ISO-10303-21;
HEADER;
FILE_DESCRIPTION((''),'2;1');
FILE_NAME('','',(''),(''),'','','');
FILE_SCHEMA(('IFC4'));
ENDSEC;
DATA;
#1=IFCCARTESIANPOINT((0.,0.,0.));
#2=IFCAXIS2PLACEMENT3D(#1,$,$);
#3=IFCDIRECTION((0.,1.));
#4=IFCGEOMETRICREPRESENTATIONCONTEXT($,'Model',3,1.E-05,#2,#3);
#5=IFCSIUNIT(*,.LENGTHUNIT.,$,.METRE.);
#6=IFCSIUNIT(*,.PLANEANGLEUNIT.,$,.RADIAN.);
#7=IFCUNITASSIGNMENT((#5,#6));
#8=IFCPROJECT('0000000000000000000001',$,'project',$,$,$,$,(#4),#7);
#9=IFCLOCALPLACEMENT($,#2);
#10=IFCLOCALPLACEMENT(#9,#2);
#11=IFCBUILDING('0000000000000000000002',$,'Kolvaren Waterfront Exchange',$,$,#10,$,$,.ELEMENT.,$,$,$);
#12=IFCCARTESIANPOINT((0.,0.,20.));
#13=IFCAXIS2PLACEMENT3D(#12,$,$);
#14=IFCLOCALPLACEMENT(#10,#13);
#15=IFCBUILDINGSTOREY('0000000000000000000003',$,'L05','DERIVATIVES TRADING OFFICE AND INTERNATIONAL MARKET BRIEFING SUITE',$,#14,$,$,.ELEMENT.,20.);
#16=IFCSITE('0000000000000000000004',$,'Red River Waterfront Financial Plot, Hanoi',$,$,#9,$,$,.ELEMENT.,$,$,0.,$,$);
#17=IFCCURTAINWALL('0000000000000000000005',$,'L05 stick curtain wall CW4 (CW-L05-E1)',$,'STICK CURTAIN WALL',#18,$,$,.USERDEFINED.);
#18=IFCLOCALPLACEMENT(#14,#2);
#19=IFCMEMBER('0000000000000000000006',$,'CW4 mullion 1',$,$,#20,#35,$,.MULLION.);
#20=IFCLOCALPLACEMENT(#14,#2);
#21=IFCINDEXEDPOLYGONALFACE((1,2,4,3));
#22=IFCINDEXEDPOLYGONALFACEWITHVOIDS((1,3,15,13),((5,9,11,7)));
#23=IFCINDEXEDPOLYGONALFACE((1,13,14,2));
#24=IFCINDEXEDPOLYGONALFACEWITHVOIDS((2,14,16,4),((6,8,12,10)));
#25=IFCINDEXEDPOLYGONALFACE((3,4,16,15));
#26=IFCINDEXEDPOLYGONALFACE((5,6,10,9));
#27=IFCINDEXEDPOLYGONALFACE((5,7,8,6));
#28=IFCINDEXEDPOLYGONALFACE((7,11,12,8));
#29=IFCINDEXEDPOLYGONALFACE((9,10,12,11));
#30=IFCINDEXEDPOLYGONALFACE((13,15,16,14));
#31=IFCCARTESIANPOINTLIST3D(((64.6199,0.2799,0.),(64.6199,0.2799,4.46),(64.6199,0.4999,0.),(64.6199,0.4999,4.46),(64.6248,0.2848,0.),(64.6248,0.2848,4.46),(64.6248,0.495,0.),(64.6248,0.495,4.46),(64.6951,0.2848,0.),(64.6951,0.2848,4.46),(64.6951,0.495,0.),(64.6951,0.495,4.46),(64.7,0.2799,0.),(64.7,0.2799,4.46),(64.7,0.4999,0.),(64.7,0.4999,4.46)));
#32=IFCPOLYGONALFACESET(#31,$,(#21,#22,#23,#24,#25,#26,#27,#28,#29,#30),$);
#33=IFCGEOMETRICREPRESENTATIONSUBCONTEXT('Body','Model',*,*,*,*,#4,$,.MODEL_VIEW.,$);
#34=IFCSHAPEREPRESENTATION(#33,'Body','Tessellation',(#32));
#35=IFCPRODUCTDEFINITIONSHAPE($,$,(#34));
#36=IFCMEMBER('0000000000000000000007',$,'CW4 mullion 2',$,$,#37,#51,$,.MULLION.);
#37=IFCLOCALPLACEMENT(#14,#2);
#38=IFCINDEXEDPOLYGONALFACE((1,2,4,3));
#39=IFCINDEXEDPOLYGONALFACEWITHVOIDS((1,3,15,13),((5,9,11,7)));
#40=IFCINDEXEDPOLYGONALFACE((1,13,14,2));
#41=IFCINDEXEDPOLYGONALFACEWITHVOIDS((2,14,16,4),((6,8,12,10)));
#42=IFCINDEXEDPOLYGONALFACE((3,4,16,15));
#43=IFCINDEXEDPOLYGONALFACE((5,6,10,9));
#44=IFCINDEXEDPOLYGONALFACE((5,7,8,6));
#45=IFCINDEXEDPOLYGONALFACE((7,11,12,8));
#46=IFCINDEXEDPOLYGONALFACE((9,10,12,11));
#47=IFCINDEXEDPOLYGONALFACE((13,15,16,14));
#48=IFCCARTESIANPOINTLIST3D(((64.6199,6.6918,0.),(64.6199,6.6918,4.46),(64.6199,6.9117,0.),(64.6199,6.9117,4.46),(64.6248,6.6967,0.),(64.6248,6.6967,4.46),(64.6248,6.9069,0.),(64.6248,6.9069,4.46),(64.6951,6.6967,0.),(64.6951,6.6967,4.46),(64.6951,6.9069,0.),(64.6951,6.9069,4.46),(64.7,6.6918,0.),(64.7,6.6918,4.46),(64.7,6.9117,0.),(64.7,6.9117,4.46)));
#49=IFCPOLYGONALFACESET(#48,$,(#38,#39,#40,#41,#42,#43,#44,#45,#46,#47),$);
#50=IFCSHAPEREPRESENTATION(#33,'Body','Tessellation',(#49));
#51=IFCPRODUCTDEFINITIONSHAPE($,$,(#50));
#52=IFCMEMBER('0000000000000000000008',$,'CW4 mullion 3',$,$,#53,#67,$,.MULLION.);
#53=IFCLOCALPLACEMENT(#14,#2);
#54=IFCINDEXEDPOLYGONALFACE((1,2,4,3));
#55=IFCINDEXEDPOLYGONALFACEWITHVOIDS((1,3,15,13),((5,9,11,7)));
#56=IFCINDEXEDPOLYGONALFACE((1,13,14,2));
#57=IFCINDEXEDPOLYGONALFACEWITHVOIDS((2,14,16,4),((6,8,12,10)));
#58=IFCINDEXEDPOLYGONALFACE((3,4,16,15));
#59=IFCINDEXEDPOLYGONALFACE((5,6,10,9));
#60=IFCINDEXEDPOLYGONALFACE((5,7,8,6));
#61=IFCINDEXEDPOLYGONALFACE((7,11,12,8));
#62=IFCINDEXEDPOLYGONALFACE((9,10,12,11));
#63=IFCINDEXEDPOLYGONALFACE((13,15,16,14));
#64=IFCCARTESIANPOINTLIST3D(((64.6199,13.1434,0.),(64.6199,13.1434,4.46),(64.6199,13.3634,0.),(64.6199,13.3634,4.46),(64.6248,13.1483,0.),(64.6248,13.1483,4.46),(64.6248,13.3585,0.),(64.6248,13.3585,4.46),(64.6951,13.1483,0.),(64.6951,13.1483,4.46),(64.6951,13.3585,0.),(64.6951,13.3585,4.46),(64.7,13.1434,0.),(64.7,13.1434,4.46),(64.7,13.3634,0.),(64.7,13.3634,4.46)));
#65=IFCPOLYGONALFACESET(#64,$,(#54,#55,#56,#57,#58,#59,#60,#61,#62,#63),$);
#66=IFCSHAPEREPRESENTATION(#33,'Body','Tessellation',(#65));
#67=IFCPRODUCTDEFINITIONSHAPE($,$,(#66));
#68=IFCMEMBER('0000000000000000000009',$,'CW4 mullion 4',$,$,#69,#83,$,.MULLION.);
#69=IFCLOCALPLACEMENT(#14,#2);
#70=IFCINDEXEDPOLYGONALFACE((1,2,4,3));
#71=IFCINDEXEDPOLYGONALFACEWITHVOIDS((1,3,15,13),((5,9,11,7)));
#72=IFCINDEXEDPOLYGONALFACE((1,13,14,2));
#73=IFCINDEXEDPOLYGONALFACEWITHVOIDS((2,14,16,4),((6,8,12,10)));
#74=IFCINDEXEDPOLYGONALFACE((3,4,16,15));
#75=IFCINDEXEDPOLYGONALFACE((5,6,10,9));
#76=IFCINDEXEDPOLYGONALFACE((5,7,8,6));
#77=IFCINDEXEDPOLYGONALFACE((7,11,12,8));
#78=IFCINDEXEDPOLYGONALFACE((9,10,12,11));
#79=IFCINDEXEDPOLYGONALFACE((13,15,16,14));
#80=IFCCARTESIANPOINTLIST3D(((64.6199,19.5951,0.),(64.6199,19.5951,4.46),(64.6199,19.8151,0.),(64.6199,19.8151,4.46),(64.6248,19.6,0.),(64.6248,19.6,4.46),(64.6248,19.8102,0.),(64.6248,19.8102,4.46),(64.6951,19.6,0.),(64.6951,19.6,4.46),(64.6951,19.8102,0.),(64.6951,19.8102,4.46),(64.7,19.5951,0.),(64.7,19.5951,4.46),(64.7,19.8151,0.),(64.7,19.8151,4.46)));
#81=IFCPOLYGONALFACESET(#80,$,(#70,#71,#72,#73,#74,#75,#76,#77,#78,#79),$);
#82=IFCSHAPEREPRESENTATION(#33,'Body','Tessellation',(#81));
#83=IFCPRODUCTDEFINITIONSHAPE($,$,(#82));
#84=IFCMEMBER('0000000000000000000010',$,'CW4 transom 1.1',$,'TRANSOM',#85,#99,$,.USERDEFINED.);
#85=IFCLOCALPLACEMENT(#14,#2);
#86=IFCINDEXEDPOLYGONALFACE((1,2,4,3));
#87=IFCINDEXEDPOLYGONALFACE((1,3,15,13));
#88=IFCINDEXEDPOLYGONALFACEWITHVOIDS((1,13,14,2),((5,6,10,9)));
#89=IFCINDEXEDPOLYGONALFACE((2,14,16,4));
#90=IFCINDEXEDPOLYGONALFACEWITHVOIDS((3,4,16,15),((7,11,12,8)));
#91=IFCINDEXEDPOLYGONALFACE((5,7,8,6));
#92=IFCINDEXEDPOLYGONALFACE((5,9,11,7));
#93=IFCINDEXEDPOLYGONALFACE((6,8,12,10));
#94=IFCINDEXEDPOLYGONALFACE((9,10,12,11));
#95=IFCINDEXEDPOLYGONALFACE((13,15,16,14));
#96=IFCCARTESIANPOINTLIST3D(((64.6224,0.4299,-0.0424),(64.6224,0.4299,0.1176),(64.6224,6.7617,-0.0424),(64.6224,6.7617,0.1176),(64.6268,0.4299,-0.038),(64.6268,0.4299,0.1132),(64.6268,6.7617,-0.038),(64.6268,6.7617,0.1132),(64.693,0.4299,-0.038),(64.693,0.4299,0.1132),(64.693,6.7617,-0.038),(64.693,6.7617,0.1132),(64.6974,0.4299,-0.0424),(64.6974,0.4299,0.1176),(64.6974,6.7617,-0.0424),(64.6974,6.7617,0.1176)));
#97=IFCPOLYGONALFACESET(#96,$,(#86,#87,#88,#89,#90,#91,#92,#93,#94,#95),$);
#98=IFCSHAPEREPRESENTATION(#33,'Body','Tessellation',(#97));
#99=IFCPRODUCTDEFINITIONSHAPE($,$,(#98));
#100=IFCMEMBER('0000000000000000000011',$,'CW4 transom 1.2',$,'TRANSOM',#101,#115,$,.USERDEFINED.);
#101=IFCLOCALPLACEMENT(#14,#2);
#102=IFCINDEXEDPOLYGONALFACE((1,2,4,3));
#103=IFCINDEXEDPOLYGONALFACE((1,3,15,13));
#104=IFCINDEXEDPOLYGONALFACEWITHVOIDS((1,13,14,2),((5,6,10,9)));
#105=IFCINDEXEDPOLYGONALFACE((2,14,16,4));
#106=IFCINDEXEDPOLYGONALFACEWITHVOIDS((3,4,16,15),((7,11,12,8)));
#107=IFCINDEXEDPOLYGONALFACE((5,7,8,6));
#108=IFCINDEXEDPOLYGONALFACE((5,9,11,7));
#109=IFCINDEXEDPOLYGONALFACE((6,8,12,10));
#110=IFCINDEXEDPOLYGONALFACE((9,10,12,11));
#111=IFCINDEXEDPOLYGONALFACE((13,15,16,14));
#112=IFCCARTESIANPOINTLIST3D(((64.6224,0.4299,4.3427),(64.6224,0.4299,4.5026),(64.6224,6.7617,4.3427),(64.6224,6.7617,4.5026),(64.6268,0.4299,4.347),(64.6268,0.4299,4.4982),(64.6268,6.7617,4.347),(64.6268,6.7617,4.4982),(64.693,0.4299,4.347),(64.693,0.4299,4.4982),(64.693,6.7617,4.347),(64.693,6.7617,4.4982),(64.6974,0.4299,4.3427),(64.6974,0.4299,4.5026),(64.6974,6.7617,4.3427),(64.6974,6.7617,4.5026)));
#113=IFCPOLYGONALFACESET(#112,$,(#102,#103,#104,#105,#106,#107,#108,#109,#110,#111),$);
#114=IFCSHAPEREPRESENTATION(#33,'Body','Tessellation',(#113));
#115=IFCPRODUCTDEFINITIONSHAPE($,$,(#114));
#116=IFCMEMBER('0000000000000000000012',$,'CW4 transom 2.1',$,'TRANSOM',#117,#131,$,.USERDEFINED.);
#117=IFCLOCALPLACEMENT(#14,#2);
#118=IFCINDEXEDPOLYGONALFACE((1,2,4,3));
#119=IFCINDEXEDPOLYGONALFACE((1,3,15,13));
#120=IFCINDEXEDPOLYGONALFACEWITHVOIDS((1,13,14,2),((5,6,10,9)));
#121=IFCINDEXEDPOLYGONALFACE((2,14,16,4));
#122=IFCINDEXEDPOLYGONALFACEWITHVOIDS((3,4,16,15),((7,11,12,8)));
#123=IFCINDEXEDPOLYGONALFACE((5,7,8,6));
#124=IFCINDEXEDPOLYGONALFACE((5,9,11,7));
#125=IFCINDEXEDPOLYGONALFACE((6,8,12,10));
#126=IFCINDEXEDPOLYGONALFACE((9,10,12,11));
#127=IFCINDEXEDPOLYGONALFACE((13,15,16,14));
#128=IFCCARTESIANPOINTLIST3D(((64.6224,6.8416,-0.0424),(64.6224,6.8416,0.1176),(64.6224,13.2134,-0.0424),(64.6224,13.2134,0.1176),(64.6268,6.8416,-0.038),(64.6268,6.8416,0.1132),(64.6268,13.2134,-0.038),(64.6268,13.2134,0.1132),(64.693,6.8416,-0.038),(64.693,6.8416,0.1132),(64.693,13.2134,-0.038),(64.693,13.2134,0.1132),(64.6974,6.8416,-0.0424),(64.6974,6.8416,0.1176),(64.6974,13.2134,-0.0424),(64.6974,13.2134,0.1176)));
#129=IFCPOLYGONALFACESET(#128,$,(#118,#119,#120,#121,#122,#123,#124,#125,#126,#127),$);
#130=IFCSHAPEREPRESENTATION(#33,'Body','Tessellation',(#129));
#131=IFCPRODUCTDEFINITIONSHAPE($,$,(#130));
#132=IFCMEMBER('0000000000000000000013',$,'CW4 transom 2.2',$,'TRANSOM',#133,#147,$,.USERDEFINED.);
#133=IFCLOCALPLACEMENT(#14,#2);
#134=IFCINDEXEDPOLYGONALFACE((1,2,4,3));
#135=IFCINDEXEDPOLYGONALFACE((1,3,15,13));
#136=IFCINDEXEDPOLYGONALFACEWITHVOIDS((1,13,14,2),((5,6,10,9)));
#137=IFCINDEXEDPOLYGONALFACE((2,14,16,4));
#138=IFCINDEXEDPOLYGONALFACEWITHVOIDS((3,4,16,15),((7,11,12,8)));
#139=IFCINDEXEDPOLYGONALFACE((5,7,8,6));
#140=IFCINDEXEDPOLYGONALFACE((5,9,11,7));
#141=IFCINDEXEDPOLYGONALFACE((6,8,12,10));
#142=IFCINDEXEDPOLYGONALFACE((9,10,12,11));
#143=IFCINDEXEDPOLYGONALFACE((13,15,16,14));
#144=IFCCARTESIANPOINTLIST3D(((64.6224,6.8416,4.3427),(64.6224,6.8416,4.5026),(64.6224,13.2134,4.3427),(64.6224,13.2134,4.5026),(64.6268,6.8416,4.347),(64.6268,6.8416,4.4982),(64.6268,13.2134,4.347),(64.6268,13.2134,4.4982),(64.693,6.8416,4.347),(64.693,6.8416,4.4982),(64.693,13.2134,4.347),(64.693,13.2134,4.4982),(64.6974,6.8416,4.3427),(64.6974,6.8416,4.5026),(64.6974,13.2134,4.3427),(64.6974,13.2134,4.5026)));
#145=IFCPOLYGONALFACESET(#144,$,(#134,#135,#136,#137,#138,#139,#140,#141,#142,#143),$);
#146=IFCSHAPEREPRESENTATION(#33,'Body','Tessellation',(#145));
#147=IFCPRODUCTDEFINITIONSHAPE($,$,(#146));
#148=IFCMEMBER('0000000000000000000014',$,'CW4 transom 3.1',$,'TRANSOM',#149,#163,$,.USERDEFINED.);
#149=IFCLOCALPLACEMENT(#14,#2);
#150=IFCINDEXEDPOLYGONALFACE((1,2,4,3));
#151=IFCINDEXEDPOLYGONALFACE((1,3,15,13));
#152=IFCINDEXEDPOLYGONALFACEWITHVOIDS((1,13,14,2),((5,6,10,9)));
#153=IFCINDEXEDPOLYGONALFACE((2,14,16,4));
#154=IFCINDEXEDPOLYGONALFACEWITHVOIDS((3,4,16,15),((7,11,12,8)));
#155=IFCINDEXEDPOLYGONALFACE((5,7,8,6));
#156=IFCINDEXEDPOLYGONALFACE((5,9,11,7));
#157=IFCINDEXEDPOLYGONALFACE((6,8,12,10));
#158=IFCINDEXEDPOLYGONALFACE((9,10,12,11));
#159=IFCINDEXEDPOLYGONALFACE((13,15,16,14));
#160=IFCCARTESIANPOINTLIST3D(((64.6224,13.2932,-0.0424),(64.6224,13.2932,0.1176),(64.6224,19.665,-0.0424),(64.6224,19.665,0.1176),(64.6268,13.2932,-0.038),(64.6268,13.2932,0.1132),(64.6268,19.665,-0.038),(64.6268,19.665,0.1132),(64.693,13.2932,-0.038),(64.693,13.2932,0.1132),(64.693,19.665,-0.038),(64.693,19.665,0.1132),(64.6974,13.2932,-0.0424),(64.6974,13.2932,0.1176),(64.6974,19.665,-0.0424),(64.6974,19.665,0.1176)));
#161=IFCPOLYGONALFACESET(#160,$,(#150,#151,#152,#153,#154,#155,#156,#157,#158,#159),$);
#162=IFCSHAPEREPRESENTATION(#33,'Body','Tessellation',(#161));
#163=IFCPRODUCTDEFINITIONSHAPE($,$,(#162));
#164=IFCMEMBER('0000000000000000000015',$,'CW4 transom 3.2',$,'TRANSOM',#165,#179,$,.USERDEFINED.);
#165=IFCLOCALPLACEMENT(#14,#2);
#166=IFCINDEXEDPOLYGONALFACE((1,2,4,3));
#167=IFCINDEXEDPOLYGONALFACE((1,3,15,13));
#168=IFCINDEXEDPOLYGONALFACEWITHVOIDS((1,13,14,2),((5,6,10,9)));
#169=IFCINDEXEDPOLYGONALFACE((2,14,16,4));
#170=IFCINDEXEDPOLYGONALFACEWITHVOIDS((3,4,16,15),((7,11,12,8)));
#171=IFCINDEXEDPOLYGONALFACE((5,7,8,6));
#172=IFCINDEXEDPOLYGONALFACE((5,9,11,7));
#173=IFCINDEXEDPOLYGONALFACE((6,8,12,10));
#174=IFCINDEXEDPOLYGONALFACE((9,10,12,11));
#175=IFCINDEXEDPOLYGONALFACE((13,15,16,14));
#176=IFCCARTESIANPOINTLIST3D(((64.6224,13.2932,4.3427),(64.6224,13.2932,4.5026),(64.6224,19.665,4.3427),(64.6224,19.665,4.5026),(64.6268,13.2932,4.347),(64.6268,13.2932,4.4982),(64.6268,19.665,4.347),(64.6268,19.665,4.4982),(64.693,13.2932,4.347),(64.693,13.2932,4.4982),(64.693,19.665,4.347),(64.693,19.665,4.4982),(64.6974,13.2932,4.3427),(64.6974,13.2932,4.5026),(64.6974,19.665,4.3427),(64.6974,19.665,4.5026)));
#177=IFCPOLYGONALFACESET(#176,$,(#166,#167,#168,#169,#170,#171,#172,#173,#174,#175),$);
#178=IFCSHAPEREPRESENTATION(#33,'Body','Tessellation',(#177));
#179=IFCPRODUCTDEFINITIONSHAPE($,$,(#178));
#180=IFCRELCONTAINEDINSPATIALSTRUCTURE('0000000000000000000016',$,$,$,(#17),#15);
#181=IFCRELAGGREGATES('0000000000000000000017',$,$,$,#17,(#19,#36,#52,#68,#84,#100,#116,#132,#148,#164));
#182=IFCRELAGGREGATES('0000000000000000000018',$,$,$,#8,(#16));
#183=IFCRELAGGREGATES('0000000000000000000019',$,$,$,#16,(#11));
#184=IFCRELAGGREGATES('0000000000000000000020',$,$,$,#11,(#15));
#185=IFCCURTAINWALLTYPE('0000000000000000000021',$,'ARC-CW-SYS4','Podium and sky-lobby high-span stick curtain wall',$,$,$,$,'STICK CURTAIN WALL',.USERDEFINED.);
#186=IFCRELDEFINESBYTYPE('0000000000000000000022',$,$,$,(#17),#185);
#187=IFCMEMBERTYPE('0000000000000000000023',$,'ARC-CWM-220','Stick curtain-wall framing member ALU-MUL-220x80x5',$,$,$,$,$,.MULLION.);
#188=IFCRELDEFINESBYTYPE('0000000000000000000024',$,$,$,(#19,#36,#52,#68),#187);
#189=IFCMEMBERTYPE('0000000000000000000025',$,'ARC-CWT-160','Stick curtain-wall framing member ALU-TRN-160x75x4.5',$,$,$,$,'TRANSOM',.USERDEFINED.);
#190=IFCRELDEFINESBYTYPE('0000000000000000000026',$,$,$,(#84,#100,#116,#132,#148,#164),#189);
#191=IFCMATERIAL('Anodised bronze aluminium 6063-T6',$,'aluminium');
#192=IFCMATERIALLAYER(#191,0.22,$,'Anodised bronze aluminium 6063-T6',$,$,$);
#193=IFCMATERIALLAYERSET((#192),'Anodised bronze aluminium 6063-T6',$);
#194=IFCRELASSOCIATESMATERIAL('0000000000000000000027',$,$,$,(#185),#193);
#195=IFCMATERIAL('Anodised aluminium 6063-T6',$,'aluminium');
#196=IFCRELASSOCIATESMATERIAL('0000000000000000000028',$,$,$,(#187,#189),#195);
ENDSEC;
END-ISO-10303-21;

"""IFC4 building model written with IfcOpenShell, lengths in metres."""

from ifc_helpers import new_model, si_unit, direction, frame, origin, origin_with_axes, origin_2d, place, context, subcontext, project, spatial, hollow_rectangle, extrude, source, transform, mapped, material, layer, layer_set, material_profile, profile_set, type_object, element, aggregate, save


model = new_model("IFC4")

# Units and contexts
model_context = context("Model", 3, precision=1e-05, world=origin(), true_north=direction((0.0, 1.0)))
body_context = subcontext(model_context, "Body", "Model", "MODEL_VIEW")
ifc_project = project(units=[si_unit("LENGTHUNIT", "METRE"), si_unit("PLANEANGLEUNIT", "RADIAN")], contexts=[model_context])

# Site, building, storey
site_placement = place(None, origin())
site = spatial("IfcSite", under=ifc_project, at=site_placement, Name="Red River Waterfront Financial Plot, Hanoi", CompositionType="ELEMENT", RefElevation=0.0)
building_placement = place(site_placement, origin())
building = spatial("IfcBuilding", under=site, at=building_placement, Name="Kolvaren Waterfront Exchange", CompositionType="ELEMENT")
storey_placement = place(building_placement, frame((0.0, 0.0, 20.0)))
storey = spatial("IfcBuildingStorey", under=building, at=storey_placement, Name="L05", Description="DERIVATIVES TRADING OFFICE AND INTERNATIONAL MARKET BRIEFING SUITE", CompositionType="ELEMENT", Elevation=20.0)

# Curtain wall, members
ifc_material_1 = material(Name="Anodised bronze aluminium 6063-T6", Category="aluminium")
ifc_layer_1 = layer(ifc_material_1, 0.22, Name="Anodised bronze aluminium 6063-T6")
ifc_layer_set_1 = layer_set([ifc_layer_1], Name="Anodised bronze aluminium 6063-T6")
curtain_wall_type = type_object("IfcCurtainWallType", Name="ARC-CW-SYS4", Description="Podium and sky-lobby high-span stick curtain wall", ElementType="STICK CURTAIN WALL", PredefinedType="USERDEFINED", material=ifc_layer_set_1)
curtain_wall_placement = place(storey_placement, origin())
curtain_wall = element("IfcCurtainWall", 1, at=curtain_wall_placement, inside=storey, type_object=curtain_wall_type, Name="L05 stick curtain wall CW4 (CW-L05-E1)", ObjectType="STICK CURTAIN WALL", PredefinedType="USERDEFINED")
ifc_material_2 = material(Name="Anodised aluminium 6063-T6", Category="aluminium")
ifc_material_profile_1 = material_profile(ifc_material_2, hollow_rectangle(XDim=0.0801, YDim=0.22, WallThickness=0.0049, at=origin_2d()), Name="ALU-MUL-220x80x5")
ifc_profile_set_1 = profile_set([ifc_material_profile_1], Name="Anodised aluminium 6063-T6")
member_type_1 = type_object("IfcMemberType", Name="ARC-CWM-220", Description="Stick curtain-wall framing member ALU-MUL-220x80x5", PredefinedType="MULLION", material=ifc_profile_set_1)
shared_shape_1 = source(origin_with_axes(), body_context, "Body", "SweptSolid", [
    extrude(hollow_rectangle(XDim=0.0801, YDim=0.22, WallThickness=0.0049, at=origin_2d()), origin(), (0.0, 0.0, 1.0), 4.46),
])
member_1_placement = place(storey_placement, frame((64.6599, 0.3899, 0.0), z_axis=(0.0, 0.0, 1.0), x_axis=(-1.0, 0.0, 0.0)))
member_1 = element("IfcMember", 2, at=member_1_placement, type_object=member_type_1, Name="CW4 mullion 1", PredefinedType="MULLION", context=body_context, shape_type="MappedRepresentation", body=[
    mapped(shared_shape_1, transform((0.0, 0.0, 0.0), x_axis=(1.0, 0.0, 0.0), y_axis=(0.0, 1.0, 0.0), z_axis=(0.0, 0.0, 1.0), scale=1.0)),
])
member_2_placement = place(storey_placement, frame((64.6599, 6.8018, 0.0), z_axis=(0.0, 0.0, 1.0), x_axis=(-1.0, 0.0, 0.0)))
member_2 = element("IfcMember", 3, at=member_2_placement, type_object=member_type_1, Name="CW4 mullion 2", PredefinedType="MULLION", context=body_context, shape_type="MappedRepresentation", body=[
    mapped(shared_shape_1, transform((0.0, 0.0, 0.0), x_axis=(1.0, 0.0, 0.0), y_axis=(0.0, 1.0, 0.0), z_axis=(0.0, 0.0, 1.0), scale=1.0)),
])
member_3_placement = place(storey_placement, frame((64.6599, 13.2534, 0.0), z_axis=(0.0, 0.0, 1.0), x_axis=(-1.0, 0.0, 0.0)))
member_3 = element("IfcMember", 4, at=member_3_placement, type_object=member_type_1, Name="CW4 mullion 3", PredefinedType="MULLION", context=body_context, shape_type="MappedRepresentation", body=[
    mapped(shared_shape_1, transform((0.0, 0.0, 0.0), x_axis=(1.0, 0.0, 0.0), y_axis=(0.0, 1.0, 0.0), z_axis=(0.0, 0.0, 1.0), scale=1.0)),
])
member_4_placement = place(storey_placement, frame((64.6599, 19.7051, 0.0), z_axis=(0.0, 0.0, 1.0), x_axis=(-1.0, 0.0, 0.0)))
member_4 = element("IfcMember", 5, at=member_4_placement, type_object=member_type_1, Name="CW4 mullion 4", PredefinedType="MULLION", context=body_context, shape_type="MappedRepresentation", body=[
    mapped(shared_shape_1, transform((0.0, 0.0, 0.0), x_axis=(1.0, 0.0, 0.0), y_axis=(0.0, 1.0, 0.0), z_axis=(0.0, 0.0, 1.0), scale=1.0)),
])
ifc_material_profile_2 = material_profile(ifc_material_2, hollow_rectangle(XDim=0.075, YDim=0.1599, WallThickness=0.0044, at=origin_2d()), Name="ALU-TRN-160x75x4.5")
ifc_profile_set_2 = profile_set([ifc_material_profile_2], Name="Anodised aluminium 6063-T6")
member_type_2 = type_object("IfcMemberType", Name="ARC-CWT-160", Description="Stick curtain-wall framing member ALU-TRN-160x75x4.5", ElementType="TRANSOM", PredefinedType="USERDEFINED", material=ifc_profile_set_2)
shared_shape_2 = source(origin_with_axes(), body_context, "Body", "SweptSolid", [
    extrude(hollow_rectangle(XDim=0.075, YDim=0.1599, WallThickness=0.0044, at=origin_2d()), origin(), (0.0, 0.0, 1.0), 6.3318),
])
member_5_placement = place(storey_placement, frame((64.6599, 0.4299, 0.0376), z_axis=(0.0, 1.0, 0.0), x_axis=(-1.0, 0.0, 0.0)))
member_5 = element("IfcMember", 6, at=member_5_placement, type_object=member_type_2, Name="CW4 transom 1.1", ObjectType="TRANSOM", PredefinedType="USERDEFINED", context=body_context, shape_type="MappedRepresentation", body=[
    mapped(shared_shape_2, transform((0.0, 0.0, 0.0), x_axis=(1.0, 0.0, 0.0), y_axis=(0.0, 1.0, 0.0), z_axis=(0.0, 0.0, 1.0), scale=1.0)),
])
member_6_placement = place(storey_placement, frame((64.6599, 0.4299, 4.4226), z_axis=(0.0, 1.0, 0.0), x_axis=(-1.0, 0.0, 0.0)))
member_6 = element("IfcMember", 7, at=member_6_placement, type_object=member_type_2, Name="CW4 transom 1.2", ObjectType="TRANSOM", PredefinedType="USERDEFINED", context=body_context, shape_type="MappedRepresentation", body=[
    mapped(shared_shape_2, transform((0.0, 0.0, 0.0), x_axis=(1.0, 0.0, 0.0), y_axis=(0.0, 1.0, 0.0), z_axis=(0.0, 0.0, 1.0), scale=1.0)),
])
shared_shape_3 = source(origin_with_axes(), body_context, "Body", "SweptSolid", [
    extrude(hollow_rectangle(XDim=0.075, YDim=0.1599, WallThickness=0.0044, at=origin_2d()), origin(), (0.0, 0.0, 1.0), 6.3718),
])
member_7_placement = place(storey_placement, frame((64.6599, 6.8416, 0.0376), z_axis=(0.0, 1.0, 0.0), x_axis=(-1.0, 0.0, 0.0)))
member_7 = element("IfcMember", 8, at=member_7_placement, type_object=member_type_2, Name="CW4 transom 2.1", ObjectType="TRANSOM", PredefinedType="USERDEFINED", context=body_context, shape_type="MappedRepresentation", body=[
    mapped(shared_shape_3, transform((0.0, 0.0, 0.0), x_axis=(1.0, 0.0, 0.0), y_axis=(0.0, 1.0, 0.0), z_axis=(0.0, 0.0, 1.0), scale=1.0)),
])
member_8_placement = place(storey_placement, frame((64.6599, 6.8416, 4.4226), z_axis=(0.0, 1.0, 0.0), x_axis=(-1.0, 0.0, 0.0)))
member_8 = element("IfcMember", 9, at=member_8_placement, type_object=member_type_2, Name="CW4 transom 2.2", ObjectType="TRANSOM", PredefinedType="USERDEFINED", context=body_context, shape_type="MappedRepresentation", body=[
    mapped(shared_shape_3, transform((0.0, 0.0, 0.0), x_axis=(1.0, 0.0, 0.0), y_axis=(0.0, 1.0, 0.0), z_axis=(0.0, 0.0, 1.0), scale=1.0)),
])
member_9_placement = place(storey_placement, frame((64.6599, 13.2932, 0.0376), z_axis=(0.0, 1.0, 0.0), x_axis=(-1.0, 0.0, 0.0)))
member_9 = element("IfcMember", 10, at=member_9_placement, type_object=member_type_2, Name="CW4 transom 3.1", ObjectType="TRANSOM", PredefinedType="USERDEFINED", context=body_context, shape_type="MappedRepresentation", body=[
    mapped(shared_shape_3, transform((0.0, 0.0, 0.0), x_axis=(1.0, 0.0, 0.0), y_axis=(0.0, 1.0, 0.0), z_axis=(0.0, 0.0, 1.0), scale=1.0)),
])
member_10_placement = place(storey_placement, frame((64.6599, 13.2932, 4.4226), z_axis=(0.0, 1.0, 0.0), x_axis=(-1.0, 0.0, 0.0)))
member_10 = element("IfcMember", 11, at=member_10_placement, type_object=member_type_2, Name="CW4 transom 3.2", ObjectType="TRANSOM", PredefinedType="USERDEFINED", context=body_context, shape_type="MappedRepresentation", body=[
    mapped(shared_shape_3, transform((0.0, 0.0, 0.0), x_axis=(1.0, 0.0, 0.0), y_axis=(0.0, 1.0, 0.0), z_axis=(0.0, 0.0, 1.0), scale=1.0)),
])
aggregate(curtain_wall, [member_1, member_2, member_3, member_4, member_5, member_6, member_7, member_8, member_9, member_10])

save(model, "model.ifc")
